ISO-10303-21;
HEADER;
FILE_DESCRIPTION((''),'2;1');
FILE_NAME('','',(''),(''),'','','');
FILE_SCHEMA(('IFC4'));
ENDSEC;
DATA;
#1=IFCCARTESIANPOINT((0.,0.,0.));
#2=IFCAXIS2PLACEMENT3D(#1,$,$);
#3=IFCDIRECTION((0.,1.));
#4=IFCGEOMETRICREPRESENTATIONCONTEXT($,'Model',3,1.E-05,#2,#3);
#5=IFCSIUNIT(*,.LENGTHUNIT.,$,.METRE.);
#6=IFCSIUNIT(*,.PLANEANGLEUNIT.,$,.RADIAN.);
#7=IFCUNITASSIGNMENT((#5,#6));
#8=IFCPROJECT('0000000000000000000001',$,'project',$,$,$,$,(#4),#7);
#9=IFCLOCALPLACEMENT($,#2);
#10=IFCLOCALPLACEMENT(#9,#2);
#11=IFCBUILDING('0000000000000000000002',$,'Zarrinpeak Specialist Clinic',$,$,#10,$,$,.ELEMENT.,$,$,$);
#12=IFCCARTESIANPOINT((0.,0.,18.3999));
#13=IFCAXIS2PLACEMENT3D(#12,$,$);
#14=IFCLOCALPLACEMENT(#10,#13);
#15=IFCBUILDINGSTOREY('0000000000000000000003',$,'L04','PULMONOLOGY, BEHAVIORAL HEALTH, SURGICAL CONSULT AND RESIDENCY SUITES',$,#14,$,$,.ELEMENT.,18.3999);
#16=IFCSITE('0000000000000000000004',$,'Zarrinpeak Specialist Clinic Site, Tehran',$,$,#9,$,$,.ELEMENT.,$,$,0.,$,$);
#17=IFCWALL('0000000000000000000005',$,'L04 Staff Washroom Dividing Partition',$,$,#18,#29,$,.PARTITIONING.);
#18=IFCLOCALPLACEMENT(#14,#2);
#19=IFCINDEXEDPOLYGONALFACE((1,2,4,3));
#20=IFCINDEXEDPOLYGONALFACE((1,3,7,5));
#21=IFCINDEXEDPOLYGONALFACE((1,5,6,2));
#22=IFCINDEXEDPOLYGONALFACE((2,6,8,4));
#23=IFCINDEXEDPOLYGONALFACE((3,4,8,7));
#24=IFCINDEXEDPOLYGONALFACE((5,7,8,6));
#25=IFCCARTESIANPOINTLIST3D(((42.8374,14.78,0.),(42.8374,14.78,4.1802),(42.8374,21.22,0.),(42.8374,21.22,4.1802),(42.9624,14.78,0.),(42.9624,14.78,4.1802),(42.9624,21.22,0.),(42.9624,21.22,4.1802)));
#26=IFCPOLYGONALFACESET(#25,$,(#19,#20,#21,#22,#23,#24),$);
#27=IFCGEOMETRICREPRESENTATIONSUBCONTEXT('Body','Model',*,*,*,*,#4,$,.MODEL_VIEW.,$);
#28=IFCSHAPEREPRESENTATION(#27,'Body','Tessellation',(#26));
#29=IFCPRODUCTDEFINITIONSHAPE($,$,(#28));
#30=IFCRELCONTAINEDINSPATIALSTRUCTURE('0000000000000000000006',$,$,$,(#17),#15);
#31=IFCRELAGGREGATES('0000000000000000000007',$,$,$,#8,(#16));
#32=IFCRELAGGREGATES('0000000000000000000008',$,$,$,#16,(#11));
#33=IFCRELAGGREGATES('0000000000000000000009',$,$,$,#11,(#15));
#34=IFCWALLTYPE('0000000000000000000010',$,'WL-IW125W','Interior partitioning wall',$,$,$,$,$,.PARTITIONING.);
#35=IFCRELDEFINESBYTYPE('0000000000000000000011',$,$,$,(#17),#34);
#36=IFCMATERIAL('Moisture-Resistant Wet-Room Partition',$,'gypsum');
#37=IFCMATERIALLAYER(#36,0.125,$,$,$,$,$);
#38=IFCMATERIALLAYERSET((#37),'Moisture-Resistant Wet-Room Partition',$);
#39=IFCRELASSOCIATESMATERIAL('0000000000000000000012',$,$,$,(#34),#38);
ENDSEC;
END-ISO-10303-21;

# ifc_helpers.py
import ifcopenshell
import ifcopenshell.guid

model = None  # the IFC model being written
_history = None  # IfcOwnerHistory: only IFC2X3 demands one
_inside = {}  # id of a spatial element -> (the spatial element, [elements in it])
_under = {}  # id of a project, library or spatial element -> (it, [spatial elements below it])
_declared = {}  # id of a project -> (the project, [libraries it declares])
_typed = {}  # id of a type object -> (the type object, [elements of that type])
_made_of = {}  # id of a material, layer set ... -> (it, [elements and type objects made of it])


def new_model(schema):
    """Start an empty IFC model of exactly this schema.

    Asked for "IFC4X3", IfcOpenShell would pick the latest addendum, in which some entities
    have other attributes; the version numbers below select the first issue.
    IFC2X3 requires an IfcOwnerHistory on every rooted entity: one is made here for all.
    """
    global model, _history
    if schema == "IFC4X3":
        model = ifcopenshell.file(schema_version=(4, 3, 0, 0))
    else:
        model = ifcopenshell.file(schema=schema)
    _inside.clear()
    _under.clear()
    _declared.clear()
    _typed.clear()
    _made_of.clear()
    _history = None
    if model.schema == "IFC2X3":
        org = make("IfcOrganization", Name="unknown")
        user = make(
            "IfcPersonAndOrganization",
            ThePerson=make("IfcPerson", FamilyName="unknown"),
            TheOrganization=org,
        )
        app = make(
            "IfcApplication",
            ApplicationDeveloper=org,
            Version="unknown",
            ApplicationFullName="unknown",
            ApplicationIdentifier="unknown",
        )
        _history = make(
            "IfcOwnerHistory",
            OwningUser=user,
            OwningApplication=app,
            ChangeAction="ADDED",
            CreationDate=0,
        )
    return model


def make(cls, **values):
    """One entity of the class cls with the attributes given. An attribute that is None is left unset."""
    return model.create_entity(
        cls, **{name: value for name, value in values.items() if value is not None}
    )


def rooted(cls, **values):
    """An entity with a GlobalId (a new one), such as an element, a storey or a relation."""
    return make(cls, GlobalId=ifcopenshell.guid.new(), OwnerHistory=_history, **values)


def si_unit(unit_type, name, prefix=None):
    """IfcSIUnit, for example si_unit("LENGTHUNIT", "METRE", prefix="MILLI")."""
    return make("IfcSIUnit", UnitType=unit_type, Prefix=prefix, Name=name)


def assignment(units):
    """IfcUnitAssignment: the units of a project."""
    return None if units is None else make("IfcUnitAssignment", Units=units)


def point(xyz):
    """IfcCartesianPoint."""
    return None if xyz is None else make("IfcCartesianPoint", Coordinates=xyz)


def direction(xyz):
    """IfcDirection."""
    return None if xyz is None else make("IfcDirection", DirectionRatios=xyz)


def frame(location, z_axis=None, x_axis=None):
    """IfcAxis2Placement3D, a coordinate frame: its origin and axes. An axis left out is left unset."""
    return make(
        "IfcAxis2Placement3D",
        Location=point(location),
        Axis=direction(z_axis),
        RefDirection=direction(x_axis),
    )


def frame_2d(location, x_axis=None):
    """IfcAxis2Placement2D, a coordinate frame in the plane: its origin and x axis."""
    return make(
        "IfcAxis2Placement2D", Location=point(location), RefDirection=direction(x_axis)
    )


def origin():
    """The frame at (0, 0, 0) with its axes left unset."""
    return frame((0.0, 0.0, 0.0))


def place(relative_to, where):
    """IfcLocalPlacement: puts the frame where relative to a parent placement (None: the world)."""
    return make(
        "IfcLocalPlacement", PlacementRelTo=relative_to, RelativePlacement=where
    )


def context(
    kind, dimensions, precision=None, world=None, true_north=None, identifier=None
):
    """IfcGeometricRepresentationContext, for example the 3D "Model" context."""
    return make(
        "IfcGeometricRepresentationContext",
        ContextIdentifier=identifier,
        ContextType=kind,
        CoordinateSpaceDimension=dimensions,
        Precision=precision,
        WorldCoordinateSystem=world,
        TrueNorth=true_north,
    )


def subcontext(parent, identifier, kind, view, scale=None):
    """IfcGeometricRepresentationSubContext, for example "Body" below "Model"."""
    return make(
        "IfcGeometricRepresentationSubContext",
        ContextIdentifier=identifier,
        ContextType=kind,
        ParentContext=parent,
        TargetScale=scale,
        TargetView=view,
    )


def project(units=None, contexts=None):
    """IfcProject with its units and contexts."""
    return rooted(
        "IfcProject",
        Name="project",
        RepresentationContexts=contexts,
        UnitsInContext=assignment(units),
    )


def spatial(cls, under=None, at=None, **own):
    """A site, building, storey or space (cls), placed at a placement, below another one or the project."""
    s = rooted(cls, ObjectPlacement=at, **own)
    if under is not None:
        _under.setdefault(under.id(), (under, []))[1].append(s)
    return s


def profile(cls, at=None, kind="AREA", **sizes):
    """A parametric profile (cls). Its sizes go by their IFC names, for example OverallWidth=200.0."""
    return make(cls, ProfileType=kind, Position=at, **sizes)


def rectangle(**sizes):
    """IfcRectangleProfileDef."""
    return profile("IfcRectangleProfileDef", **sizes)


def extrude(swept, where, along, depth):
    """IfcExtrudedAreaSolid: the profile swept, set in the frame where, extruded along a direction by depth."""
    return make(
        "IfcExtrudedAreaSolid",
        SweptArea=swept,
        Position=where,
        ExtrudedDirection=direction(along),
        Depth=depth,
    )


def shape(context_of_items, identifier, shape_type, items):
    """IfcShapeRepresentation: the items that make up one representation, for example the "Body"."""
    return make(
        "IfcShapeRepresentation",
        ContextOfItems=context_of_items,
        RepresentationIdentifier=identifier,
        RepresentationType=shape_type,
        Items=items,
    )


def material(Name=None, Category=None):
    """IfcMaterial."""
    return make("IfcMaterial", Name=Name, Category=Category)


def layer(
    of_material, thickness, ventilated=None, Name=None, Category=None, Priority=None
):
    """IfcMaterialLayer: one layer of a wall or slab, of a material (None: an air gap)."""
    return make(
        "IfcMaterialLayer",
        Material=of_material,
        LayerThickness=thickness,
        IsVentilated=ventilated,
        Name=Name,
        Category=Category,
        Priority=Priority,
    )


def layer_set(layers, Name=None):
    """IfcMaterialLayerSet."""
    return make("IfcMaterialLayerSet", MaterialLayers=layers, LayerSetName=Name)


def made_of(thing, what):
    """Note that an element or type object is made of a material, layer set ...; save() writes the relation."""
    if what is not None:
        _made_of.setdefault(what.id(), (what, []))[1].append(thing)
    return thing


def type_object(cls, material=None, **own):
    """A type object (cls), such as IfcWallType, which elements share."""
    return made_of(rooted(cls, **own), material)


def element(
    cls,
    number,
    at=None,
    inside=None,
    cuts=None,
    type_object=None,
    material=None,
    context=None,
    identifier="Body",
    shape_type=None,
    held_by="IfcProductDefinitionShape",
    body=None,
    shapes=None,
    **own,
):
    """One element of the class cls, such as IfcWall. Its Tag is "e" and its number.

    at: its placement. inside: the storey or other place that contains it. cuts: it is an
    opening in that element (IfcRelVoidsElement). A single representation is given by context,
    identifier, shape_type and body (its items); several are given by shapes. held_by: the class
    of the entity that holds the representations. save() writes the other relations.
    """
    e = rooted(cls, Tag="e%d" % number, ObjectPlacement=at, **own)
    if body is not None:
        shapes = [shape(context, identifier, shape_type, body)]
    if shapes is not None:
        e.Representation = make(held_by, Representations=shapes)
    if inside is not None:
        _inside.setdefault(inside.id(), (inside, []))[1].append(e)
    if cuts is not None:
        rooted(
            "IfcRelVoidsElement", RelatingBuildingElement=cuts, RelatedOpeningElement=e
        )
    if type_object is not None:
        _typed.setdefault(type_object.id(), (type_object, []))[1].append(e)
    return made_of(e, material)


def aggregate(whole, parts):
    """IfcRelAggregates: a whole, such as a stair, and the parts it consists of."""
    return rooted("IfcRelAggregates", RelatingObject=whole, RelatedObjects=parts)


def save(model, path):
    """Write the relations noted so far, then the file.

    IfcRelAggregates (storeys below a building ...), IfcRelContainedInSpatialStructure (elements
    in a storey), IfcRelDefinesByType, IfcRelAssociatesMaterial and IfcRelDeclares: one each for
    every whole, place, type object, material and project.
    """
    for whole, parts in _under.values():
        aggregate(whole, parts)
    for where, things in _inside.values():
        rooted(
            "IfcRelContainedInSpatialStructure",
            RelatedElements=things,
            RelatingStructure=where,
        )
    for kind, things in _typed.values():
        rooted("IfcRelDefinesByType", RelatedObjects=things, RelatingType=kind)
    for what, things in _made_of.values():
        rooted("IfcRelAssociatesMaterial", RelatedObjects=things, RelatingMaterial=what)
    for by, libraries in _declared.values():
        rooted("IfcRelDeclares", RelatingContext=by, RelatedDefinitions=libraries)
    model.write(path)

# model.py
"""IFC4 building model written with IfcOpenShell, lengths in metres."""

from ifc_helpers import new_model, si_unit, direction, frame, frame_2d, origin, place, context, subcontext, project, spatial, rectangle, extrude, material, layer, layer_set, type_object, element, save


model = new_model("IFC4")

# Units and contexts
model_context = context("Model", 3, precision=1e-05, world=origin(), true_north=direction((0.0, 1.0)))
body_context = subcontext(model_context, "Body", "Model", "MODEL_VIEW")
ifc_project = project(units=[si_unit("LENGTHUNIT", "METRE"), si_unit("PLANEANGLEUNIT", "RADIAN")], contexts=[model_context])

# Site, building, storey
site_placement = place(None, origin())
site = spatial("IfcSite", under=ifc_project, at=site_placement, Name="Zarrinpeak Specialist Clinic Site, Tehran", CompositionType="ELEMENT", RefElevation=0.0)
building_placement = place(site_placement, origin())
building = spatial("IfcBuilding", under=site, at=building_placement, Name="Zarrinpeak Specialist Clinic", CompositionType="ELEMENT")
storey_placement = place(building_placement, frame((0.0, 0.0, 18.3999)))
storey = spatial("IfcBuildingStorey", under=building, at=storey_placement, Name="L04", Description="PULMONOLOGY, BEHAVIORAL HEALTH, SURGICAL CONSULT AND RESIDENCY SUITES", CompositionType="ELEMENT", Elevation=18.3999)

# Wall
ifc_material_1 = material(Name="Moisture-Resistant Wet-Room Partition", Category="gypsum")
ifc_layer_1 = layer(ifc_material_1, 0.125)
ifc_layer_set_1 = layer_set([ifc_layer_1], Name="Moisture-Resistant Wet-Room Partition")
wall_type_1 = type_object("IfcWallType", Name="WL-IW125W", Description="Interior partitioning wall", PredefinedType="PARTITIONING", material=ifc_layer_set_1)
wall_1_placement = place(storey_placement, frame((42.8999, 14.78, 0.0), z_axis=(0.0, 0.0, 1.0), x_axis=(0.0, 1.0, 0.0)))
element("IfcWall", 1, at=wall_1_placement, inside=storey, type_object=wall_type_1, Name="L04 Staff Washroom Dividing Partition", PredefinedType="PARTITIONING", context=body_context, shape_type="SweptSolid", body=[
    extrude(rectangle(XDim=6.4399, YDim=0.125, at=frame_2d((3.22, 0.0))), origin(), (0.0, 0.0, 1.0), 4.1802),
])

save(model, "model.ifc")
